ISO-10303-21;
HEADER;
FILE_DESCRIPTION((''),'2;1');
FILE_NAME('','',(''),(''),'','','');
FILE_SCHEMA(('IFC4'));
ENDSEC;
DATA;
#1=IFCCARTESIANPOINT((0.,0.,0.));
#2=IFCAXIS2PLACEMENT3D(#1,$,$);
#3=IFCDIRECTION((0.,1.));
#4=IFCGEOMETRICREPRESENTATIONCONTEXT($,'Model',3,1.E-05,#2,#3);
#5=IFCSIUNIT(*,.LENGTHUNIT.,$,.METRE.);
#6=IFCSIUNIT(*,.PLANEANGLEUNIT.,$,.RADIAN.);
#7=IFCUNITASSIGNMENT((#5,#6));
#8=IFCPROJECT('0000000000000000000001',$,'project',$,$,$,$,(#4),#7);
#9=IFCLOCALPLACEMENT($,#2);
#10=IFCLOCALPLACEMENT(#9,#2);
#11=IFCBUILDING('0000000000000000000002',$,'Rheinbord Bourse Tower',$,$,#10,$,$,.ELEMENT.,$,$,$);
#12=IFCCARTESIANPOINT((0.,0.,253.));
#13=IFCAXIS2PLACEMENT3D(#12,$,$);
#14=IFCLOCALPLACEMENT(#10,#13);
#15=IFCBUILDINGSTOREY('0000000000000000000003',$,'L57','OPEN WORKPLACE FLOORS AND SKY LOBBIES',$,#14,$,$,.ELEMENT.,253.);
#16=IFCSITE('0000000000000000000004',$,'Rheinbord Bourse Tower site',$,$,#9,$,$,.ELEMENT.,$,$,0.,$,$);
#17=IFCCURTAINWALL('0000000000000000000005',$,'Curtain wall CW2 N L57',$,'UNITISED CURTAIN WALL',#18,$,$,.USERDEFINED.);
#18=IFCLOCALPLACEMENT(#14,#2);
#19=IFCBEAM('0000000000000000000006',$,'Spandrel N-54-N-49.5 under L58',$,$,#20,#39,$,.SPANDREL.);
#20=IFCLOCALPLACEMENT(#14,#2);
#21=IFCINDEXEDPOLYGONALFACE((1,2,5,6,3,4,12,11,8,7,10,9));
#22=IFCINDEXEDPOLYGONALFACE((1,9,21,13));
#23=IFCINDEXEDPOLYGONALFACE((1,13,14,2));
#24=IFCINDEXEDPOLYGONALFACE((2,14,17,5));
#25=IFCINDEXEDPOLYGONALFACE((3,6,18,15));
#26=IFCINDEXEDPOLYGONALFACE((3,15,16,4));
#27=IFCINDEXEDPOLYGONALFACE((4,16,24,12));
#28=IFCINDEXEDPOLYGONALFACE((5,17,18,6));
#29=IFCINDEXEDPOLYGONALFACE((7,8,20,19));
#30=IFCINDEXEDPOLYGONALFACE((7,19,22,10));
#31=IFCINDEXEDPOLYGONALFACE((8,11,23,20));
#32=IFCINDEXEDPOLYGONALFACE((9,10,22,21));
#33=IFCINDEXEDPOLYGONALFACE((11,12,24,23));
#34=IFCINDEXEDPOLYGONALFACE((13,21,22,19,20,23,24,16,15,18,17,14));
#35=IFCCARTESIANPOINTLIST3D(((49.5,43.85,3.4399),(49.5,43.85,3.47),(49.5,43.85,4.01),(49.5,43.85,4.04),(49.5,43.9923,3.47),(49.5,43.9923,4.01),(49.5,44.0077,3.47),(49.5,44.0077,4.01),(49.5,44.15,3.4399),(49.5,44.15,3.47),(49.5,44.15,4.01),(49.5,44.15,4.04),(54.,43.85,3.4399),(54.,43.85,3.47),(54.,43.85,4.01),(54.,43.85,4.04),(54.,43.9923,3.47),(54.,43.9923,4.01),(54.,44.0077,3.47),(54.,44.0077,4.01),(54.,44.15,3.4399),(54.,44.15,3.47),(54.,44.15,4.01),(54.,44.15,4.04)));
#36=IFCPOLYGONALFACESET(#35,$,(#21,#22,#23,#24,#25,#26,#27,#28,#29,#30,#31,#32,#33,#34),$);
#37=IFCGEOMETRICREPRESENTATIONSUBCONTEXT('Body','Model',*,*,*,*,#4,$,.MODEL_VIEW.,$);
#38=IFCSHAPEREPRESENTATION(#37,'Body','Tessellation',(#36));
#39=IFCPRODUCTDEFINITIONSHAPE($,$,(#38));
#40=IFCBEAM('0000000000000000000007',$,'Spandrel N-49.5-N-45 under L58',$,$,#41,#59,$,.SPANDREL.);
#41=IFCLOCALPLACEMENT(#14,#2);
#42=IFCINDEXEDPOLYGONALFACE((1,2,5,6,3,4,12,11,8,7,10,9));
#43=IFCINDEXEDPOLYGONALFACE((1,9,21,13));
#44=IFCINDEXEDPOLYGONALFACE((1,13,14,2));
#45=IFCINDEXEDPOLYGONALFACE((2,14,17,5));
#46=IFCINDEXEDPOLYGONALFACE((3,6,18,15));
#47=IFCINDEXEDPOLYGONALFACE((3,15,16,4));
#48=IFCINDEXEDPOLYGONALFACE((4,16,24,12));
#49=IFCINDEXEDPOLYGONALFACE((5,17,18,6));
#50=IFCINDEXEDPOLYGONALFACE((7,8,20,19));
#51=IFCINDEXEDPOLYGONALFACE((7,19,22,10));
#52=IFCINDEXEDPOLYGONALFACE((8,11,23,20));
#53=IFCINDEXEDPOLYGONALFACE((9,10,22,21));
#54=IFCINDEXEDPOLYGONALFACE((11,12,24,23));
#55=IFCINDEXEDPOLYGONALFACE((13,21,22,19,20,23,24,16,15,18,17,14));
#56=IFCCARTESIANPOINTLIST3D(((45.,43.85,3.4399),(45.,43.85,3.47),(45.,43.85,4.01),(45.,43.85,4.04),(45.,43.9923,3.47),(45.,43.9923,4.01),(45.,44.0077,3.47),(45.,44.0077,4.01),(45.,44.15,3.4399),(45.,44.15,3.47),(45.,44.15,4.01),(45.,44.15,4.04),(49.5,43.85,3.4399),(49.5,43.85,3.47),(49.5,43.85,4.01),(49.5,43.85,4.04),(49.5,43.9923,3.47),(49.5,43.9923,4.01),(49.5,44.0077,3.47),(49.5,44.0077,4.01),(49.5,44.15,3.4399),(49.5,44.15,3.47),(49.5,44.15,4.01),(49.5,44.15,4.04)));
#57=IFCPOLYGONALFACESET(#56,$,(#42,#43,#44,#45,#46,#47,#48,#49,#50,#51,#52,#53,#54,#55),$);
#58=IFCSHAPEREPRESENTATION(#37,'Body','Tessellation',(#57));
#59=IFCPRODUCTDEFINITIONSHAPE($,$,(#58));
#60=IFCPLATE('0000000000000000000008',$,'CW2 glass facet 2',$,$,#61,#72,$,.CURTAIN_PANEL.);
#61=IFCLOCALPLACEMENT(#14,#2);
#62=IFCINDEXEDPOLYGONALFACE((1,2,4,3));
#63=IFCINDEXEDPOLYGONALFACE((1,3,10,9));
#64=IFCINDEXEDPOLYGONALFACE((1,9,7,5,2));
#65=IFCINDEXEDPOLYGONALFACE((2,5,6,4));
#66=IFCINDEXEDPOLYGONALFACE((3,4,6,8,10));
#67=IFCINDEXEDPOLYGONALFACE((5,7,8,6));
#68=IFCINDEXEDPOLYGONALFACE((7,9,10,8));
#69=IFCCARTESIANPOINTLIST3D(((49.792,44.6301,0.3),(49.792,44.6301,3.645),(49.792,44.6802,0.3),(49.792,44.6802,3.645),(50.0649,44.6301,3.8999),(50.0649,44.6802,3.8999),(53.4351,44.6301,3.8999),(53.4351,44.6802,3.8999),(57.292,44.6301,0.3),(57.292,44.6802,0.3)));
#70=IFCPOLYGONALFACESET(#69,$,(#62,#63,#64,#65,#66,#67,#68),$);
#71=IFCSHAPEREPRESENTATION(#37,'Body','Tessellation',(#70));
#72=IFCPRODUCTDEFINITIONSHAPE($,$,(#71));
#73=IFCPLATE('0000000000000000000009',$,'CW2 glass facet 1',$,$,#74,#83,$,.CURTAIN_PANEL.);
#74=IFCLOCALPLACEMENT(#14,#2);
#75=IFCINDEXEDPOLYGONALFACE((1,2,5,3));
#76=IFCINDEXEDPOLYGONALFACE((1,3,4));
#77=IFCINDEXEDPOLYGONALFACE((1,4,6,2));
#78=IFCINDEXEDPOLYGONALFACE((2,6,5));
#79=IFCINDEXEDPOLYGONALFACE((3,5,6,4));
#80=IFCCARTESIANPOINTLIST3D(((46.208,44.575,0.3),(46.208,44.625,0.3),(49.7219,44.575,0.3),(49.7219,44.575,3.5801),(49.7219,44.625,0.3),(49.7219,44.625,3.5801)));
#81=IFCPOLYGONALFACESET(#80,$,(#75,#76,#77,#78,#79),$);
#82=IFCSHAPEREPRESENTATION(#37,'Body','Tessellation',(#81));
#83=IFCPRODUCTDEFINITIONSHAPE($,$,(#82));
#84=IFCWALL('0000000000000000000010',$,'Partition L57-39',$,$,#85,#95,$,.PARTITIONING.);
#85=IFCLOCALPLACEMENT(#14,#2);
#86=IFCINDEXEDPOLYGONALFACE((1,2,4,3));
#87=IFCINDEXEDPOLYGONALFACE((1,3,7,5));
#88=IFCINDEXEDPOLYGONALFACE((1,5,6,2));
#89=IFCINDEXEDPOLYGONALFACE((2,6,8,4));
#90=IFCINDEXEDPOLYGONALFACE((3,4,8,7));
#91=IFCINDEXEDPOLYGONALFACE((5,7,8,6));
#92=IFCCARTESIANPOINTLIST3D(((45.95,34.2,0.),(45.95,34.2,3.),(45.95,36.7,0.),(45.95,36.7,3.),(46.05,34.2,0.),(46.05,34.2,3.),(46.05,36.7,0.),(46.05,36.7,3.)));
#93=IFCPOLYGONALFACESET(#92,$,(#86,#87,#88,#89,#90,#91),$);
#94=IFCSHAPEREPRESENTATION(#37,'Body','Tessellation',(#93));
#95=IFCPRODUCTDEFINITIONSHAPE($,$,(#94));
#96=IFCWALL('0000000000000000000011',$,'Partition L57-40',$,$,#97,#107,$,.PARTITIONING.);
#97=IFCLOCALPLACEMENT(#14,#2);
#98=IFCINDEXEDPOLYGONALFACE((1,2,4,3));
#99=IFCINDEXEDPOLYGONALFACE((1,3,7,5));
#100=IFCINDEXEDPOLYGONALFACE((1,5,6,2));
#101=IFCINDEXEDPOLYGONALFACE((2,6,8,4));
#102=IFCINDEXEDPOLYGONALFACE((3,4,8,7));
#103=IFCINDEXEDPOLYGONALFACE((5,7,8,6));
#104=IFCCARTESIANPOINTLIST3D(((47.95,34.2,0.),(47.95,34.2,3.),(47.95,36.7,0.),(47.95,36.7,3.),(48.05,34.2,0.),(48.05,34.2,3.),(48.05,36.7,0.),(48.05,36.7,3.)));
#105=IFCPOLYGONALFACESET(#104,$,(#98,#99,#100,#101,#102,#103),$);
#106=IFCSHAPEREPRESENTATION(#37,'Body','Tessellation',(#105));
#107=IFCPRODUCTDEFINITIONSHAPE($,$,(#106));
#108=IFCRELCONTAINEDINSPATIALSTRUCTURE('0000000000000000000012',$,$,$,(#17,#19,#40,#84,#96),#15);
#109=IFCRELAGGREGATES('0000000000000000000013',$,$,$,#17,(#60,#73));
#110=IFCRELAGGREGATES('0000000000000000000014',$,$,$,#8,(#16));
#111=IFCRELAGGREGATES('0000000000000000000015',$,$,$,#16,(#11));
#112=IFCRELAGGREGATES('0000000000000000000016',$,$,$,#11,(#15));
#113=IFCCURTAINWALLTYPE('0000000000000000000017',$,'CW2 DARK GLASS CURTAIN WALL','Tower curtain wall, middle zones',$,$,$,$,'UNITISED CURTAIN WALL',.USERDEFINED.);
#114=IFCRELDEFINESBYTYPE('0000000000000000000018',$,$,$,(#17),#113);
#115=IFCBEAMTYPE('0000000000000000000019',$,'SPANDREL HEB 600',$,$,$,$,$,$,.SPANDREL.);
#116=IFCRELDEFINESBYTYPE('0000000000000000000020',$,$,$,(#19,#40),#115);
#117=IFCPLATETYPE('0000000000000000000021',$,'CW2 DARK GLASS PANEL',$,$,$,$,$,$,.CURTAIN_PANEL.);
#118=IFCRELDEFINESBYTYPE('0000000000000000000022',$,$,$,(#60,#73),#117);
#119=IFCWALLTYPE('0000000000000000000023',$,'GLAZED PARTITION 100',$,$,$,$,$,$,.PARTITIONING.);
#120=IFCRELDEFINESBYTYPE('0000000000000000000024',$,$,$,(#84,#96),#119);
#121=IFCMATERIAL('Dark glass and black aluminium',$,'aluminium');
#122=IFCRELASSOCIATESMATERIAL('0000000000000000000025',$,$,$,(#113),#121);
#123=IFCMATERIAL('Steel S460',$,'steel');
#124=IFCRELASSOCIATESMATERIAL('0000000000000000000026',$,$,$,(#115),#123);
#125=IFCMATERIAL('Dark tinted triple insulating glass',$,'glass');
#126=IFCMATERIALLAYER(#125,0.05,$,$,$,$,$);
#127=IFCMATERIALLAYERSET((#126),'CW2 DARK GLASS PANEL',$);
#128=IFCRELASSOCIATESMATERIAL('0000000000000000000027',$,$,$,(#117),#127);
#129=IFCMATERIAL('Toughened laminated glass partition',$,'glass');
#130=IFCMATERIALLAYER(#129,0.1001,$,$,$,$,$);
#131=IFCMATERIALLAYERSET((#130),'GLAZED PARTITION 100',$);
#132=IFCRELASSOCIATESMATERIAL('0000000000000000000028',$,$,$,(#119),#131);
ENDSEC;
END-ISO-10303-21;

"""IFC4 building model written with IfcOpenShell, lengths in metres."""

from ifc_helpers import new_model, si_unit, direction, frame, frame_2d, origin, origin_2d, place, context, subcontext, project, spatial, polyline, rectangle, i_section, outline, extrude, material, layer, layer_set, material_profile, profile_set, type_object, element, aggregate, save


model = new_model("IFC4")

# Units and contexts
model_context = context("Model", 3, precision=1e-05, world=origin(), true_north=direction((0.0, 1.0)))
body_context = subcontext(model_context, "Body", "Model", "MODEL_VIEW")
ifc_project = project(units=[si_unit("LENGTHUNIT", "METRE"), si_unit("PLANEANGLEUNIT", "RADIAN")], contexts=[model_context])

# Site, building, storey
site_placement = place(None, origin())
site = spatial("IfcSite", under=ifc_project, at=site_placement, Name="Rheinbord Bourse Tower site", CompositionType="ELEMENT", RefElevation=0.0)
building_placement = place(site_placement, origin())
building = spatial("IfcBuilding", under=site, at=building_placement, Name="Rheinbord Bourse Tower", CompositionType="ELEMENT")
storey_placement = place(building_placement, frame((0.0, 0.0, 253.0)))
storey = spatial("IfcBuildingStorey", under=building, at=storey_placement, Name="L57", Description="OPEN WORKPLACE FLOORS AND SKY LOBBIES", CompositionType="ELEMENT", Elevation=253.0)

# Curtain wall
ifc_material_1 = material(Name="Dark glass and black aluminium", Category="aluminium")
curtain_wall_type = type_object("IfcCurtainWallType", Name="CW2 DARK GLASS CURTAIN WALL", Description="Tower curtain wall, middle zones", ElementType="UNITISED CURTAIN WALL", PredefinedType="USERDEFINED", material=ifc_material_1)
curtain_wall_placement = place(storey_placement, origin())
curtain_wall = element("IfcCurtainWall", 1, at=curtain_wall_placement, inside=storey, type_object=curtain_wall_type, Name="Curtain wall CW2 N L57", ObjectType="UNITISED CURTAIN WALL", PredefinedType="USERDEFINED")

# Beams
ifc_material_2 = material(Name="Steel S460", Category="steel")
ifc_material_profile_1 = material_profile(ifc_material_2, i_section(OverallWidth=0.3, OverallDepth=0.6001, WebThickness=0.0154, FlangeThickness=0.03, at=origin_2d()), Name="HEB 600")
ifc_profile_set_1 = profile_set([ifc_material_profile_1], Name="Steel S460")
beam_type_1 = type_object("IfcBeamType", Name="SPANDREL HEB 600", PredefinedType="SPANDREL", material=ifc_profile_set_1)
for number, where, z_axis, x_axis, name in (
    (2, (54.0, 44.0, 3.74), (-1.0, 0.0, 0.0), (0.0, -1.0, 0.0), "Spandrel N-54-N-49.5 under L58"),
    (3, (49.5, 44.0, 3.74), (-1.0, 0.0, 0.0), (0.0, -1.0, 0.0), "Spandrel N-49.5-N-45 under L58"),
):
    element("IfcBeam", number, at=place(storey_placement, frame(where, z_axis=z_axis, x_axis=x_axis)), inside=storey, type_object=beam_type_1, Name=name, PredefinedType="SPANDREL", context=body_context, shape_type="SweptSolid", body=[
        extrude(i_section(OverallWidth=0.3, OverallDepth=0.6001, WebThickness=0.0154, FlangeThickness=0.03, at=origin_2d()), origin(), (0.0, 0.0, 1.0), 4.5),
    ])

# Plates
ifc_material_3 = material(Name="Dark tinted triple insulating glass", Category="glass")
ifc_layer_1 = layer(ifc_material_3, 0.05)
ifc_layer_set_1 = layer_set([ifc_layer_1], Name="CW2 DARK GLASS PANEL")
plate_type = type_object("IfcPlateType", Name="CW2 DARK GLASS PANEL", PredefinedType="CURTAIN_PANEL", material=ifc_layer_set_1)
plate_1_placement = place(storey_placement, frame((49.792, 44.6802, 0.3), z_axis=(0.0, -1.0, 0.0), x_axis=(1.0, 0.0, 0.0)))
plate_1 = element("IfcPlate", 4, at=plate_1_placement, type_object=plate_type, Name="CW2 glass facet 2", PredefinedType="CURTAIN_PANEL", context=body_context, shape_type="SweptSolid", body=[
    extrude(outline(polyline([(0.0, 0.0), (7.5, 0.0), (3.6431, 3.5999), (0.2729, 3.5999), (0.0, 3.345), (0.0, 0.0)])), origin(), (0.0, 0.0, 1.0), 0.05),
])
plate_2_placement = place(storey_placement, frame((49.7219, 44.625, 0.3), z_axis=(0.0, -1.0, 0.0), x_axis=(0.0, 0.0, 1.0)))
plate_2 = element("IfcPlate", 5, at=plate_2_placement, type_object=plate_type, Name="CW2 glass facet 1", PredefinedType="CURTAIN_PANEL", context=body_context, shape_type="SweptSolid", body=[
    extrude(outline(polyline([(0.0, 0.0), (3.28, 0.0), (0.0, 3.5139), (0.0, 0.0)])), origin(), (0.0, 0.0, 1.0), 0.05),
])
aggregate(curtain_wall, [plate_1, plate_2])

# Walls
ifc_material_4 = material(Name="Toughened laminated glass partition", Category="glass")
ifc_layer_2 = layer(ifc_material_4, 0.1001)
ifc_layer_set_2 = layer_set([ifc_layer_2], Name="GLAZED PARTITION 100")
wall_type = type_object("IfcWallType", Name="GLAZED PARTITION 100", PredefinedType="PARTITIONING", material=ifc_layer_set_2)
for number, where, z_axis, x_axis, name in (
    (6, (46.0, 34.2, 0.0), (0.0, 0.0, 1.0), (0.0, 1.0, 0.0), "Partition L57-39"),
    (7, (48.0, 34.2, 0.0), (0.0, 0.0, 1.0), (0.0, 1.0, 0.0), "Partition L57-40"),
):
    element("IfcWall", number, at=place(storey_placement, frame(where, z_axis=z_axis, x_axis=x_axis)), inside=storey, type_object=wall_type, Name=name, PredefinedType="PARTITIONING", context=body_context, shape_type="SweptSolid", body=[
        extrude(rectangle(XDim=2.5, YDim=0.1001, at=frame_2d((1.25, 0.0))), origin(), (0.0, 0.0, 1.0), 3.0),
    ])

save(model, "model.ifc")
